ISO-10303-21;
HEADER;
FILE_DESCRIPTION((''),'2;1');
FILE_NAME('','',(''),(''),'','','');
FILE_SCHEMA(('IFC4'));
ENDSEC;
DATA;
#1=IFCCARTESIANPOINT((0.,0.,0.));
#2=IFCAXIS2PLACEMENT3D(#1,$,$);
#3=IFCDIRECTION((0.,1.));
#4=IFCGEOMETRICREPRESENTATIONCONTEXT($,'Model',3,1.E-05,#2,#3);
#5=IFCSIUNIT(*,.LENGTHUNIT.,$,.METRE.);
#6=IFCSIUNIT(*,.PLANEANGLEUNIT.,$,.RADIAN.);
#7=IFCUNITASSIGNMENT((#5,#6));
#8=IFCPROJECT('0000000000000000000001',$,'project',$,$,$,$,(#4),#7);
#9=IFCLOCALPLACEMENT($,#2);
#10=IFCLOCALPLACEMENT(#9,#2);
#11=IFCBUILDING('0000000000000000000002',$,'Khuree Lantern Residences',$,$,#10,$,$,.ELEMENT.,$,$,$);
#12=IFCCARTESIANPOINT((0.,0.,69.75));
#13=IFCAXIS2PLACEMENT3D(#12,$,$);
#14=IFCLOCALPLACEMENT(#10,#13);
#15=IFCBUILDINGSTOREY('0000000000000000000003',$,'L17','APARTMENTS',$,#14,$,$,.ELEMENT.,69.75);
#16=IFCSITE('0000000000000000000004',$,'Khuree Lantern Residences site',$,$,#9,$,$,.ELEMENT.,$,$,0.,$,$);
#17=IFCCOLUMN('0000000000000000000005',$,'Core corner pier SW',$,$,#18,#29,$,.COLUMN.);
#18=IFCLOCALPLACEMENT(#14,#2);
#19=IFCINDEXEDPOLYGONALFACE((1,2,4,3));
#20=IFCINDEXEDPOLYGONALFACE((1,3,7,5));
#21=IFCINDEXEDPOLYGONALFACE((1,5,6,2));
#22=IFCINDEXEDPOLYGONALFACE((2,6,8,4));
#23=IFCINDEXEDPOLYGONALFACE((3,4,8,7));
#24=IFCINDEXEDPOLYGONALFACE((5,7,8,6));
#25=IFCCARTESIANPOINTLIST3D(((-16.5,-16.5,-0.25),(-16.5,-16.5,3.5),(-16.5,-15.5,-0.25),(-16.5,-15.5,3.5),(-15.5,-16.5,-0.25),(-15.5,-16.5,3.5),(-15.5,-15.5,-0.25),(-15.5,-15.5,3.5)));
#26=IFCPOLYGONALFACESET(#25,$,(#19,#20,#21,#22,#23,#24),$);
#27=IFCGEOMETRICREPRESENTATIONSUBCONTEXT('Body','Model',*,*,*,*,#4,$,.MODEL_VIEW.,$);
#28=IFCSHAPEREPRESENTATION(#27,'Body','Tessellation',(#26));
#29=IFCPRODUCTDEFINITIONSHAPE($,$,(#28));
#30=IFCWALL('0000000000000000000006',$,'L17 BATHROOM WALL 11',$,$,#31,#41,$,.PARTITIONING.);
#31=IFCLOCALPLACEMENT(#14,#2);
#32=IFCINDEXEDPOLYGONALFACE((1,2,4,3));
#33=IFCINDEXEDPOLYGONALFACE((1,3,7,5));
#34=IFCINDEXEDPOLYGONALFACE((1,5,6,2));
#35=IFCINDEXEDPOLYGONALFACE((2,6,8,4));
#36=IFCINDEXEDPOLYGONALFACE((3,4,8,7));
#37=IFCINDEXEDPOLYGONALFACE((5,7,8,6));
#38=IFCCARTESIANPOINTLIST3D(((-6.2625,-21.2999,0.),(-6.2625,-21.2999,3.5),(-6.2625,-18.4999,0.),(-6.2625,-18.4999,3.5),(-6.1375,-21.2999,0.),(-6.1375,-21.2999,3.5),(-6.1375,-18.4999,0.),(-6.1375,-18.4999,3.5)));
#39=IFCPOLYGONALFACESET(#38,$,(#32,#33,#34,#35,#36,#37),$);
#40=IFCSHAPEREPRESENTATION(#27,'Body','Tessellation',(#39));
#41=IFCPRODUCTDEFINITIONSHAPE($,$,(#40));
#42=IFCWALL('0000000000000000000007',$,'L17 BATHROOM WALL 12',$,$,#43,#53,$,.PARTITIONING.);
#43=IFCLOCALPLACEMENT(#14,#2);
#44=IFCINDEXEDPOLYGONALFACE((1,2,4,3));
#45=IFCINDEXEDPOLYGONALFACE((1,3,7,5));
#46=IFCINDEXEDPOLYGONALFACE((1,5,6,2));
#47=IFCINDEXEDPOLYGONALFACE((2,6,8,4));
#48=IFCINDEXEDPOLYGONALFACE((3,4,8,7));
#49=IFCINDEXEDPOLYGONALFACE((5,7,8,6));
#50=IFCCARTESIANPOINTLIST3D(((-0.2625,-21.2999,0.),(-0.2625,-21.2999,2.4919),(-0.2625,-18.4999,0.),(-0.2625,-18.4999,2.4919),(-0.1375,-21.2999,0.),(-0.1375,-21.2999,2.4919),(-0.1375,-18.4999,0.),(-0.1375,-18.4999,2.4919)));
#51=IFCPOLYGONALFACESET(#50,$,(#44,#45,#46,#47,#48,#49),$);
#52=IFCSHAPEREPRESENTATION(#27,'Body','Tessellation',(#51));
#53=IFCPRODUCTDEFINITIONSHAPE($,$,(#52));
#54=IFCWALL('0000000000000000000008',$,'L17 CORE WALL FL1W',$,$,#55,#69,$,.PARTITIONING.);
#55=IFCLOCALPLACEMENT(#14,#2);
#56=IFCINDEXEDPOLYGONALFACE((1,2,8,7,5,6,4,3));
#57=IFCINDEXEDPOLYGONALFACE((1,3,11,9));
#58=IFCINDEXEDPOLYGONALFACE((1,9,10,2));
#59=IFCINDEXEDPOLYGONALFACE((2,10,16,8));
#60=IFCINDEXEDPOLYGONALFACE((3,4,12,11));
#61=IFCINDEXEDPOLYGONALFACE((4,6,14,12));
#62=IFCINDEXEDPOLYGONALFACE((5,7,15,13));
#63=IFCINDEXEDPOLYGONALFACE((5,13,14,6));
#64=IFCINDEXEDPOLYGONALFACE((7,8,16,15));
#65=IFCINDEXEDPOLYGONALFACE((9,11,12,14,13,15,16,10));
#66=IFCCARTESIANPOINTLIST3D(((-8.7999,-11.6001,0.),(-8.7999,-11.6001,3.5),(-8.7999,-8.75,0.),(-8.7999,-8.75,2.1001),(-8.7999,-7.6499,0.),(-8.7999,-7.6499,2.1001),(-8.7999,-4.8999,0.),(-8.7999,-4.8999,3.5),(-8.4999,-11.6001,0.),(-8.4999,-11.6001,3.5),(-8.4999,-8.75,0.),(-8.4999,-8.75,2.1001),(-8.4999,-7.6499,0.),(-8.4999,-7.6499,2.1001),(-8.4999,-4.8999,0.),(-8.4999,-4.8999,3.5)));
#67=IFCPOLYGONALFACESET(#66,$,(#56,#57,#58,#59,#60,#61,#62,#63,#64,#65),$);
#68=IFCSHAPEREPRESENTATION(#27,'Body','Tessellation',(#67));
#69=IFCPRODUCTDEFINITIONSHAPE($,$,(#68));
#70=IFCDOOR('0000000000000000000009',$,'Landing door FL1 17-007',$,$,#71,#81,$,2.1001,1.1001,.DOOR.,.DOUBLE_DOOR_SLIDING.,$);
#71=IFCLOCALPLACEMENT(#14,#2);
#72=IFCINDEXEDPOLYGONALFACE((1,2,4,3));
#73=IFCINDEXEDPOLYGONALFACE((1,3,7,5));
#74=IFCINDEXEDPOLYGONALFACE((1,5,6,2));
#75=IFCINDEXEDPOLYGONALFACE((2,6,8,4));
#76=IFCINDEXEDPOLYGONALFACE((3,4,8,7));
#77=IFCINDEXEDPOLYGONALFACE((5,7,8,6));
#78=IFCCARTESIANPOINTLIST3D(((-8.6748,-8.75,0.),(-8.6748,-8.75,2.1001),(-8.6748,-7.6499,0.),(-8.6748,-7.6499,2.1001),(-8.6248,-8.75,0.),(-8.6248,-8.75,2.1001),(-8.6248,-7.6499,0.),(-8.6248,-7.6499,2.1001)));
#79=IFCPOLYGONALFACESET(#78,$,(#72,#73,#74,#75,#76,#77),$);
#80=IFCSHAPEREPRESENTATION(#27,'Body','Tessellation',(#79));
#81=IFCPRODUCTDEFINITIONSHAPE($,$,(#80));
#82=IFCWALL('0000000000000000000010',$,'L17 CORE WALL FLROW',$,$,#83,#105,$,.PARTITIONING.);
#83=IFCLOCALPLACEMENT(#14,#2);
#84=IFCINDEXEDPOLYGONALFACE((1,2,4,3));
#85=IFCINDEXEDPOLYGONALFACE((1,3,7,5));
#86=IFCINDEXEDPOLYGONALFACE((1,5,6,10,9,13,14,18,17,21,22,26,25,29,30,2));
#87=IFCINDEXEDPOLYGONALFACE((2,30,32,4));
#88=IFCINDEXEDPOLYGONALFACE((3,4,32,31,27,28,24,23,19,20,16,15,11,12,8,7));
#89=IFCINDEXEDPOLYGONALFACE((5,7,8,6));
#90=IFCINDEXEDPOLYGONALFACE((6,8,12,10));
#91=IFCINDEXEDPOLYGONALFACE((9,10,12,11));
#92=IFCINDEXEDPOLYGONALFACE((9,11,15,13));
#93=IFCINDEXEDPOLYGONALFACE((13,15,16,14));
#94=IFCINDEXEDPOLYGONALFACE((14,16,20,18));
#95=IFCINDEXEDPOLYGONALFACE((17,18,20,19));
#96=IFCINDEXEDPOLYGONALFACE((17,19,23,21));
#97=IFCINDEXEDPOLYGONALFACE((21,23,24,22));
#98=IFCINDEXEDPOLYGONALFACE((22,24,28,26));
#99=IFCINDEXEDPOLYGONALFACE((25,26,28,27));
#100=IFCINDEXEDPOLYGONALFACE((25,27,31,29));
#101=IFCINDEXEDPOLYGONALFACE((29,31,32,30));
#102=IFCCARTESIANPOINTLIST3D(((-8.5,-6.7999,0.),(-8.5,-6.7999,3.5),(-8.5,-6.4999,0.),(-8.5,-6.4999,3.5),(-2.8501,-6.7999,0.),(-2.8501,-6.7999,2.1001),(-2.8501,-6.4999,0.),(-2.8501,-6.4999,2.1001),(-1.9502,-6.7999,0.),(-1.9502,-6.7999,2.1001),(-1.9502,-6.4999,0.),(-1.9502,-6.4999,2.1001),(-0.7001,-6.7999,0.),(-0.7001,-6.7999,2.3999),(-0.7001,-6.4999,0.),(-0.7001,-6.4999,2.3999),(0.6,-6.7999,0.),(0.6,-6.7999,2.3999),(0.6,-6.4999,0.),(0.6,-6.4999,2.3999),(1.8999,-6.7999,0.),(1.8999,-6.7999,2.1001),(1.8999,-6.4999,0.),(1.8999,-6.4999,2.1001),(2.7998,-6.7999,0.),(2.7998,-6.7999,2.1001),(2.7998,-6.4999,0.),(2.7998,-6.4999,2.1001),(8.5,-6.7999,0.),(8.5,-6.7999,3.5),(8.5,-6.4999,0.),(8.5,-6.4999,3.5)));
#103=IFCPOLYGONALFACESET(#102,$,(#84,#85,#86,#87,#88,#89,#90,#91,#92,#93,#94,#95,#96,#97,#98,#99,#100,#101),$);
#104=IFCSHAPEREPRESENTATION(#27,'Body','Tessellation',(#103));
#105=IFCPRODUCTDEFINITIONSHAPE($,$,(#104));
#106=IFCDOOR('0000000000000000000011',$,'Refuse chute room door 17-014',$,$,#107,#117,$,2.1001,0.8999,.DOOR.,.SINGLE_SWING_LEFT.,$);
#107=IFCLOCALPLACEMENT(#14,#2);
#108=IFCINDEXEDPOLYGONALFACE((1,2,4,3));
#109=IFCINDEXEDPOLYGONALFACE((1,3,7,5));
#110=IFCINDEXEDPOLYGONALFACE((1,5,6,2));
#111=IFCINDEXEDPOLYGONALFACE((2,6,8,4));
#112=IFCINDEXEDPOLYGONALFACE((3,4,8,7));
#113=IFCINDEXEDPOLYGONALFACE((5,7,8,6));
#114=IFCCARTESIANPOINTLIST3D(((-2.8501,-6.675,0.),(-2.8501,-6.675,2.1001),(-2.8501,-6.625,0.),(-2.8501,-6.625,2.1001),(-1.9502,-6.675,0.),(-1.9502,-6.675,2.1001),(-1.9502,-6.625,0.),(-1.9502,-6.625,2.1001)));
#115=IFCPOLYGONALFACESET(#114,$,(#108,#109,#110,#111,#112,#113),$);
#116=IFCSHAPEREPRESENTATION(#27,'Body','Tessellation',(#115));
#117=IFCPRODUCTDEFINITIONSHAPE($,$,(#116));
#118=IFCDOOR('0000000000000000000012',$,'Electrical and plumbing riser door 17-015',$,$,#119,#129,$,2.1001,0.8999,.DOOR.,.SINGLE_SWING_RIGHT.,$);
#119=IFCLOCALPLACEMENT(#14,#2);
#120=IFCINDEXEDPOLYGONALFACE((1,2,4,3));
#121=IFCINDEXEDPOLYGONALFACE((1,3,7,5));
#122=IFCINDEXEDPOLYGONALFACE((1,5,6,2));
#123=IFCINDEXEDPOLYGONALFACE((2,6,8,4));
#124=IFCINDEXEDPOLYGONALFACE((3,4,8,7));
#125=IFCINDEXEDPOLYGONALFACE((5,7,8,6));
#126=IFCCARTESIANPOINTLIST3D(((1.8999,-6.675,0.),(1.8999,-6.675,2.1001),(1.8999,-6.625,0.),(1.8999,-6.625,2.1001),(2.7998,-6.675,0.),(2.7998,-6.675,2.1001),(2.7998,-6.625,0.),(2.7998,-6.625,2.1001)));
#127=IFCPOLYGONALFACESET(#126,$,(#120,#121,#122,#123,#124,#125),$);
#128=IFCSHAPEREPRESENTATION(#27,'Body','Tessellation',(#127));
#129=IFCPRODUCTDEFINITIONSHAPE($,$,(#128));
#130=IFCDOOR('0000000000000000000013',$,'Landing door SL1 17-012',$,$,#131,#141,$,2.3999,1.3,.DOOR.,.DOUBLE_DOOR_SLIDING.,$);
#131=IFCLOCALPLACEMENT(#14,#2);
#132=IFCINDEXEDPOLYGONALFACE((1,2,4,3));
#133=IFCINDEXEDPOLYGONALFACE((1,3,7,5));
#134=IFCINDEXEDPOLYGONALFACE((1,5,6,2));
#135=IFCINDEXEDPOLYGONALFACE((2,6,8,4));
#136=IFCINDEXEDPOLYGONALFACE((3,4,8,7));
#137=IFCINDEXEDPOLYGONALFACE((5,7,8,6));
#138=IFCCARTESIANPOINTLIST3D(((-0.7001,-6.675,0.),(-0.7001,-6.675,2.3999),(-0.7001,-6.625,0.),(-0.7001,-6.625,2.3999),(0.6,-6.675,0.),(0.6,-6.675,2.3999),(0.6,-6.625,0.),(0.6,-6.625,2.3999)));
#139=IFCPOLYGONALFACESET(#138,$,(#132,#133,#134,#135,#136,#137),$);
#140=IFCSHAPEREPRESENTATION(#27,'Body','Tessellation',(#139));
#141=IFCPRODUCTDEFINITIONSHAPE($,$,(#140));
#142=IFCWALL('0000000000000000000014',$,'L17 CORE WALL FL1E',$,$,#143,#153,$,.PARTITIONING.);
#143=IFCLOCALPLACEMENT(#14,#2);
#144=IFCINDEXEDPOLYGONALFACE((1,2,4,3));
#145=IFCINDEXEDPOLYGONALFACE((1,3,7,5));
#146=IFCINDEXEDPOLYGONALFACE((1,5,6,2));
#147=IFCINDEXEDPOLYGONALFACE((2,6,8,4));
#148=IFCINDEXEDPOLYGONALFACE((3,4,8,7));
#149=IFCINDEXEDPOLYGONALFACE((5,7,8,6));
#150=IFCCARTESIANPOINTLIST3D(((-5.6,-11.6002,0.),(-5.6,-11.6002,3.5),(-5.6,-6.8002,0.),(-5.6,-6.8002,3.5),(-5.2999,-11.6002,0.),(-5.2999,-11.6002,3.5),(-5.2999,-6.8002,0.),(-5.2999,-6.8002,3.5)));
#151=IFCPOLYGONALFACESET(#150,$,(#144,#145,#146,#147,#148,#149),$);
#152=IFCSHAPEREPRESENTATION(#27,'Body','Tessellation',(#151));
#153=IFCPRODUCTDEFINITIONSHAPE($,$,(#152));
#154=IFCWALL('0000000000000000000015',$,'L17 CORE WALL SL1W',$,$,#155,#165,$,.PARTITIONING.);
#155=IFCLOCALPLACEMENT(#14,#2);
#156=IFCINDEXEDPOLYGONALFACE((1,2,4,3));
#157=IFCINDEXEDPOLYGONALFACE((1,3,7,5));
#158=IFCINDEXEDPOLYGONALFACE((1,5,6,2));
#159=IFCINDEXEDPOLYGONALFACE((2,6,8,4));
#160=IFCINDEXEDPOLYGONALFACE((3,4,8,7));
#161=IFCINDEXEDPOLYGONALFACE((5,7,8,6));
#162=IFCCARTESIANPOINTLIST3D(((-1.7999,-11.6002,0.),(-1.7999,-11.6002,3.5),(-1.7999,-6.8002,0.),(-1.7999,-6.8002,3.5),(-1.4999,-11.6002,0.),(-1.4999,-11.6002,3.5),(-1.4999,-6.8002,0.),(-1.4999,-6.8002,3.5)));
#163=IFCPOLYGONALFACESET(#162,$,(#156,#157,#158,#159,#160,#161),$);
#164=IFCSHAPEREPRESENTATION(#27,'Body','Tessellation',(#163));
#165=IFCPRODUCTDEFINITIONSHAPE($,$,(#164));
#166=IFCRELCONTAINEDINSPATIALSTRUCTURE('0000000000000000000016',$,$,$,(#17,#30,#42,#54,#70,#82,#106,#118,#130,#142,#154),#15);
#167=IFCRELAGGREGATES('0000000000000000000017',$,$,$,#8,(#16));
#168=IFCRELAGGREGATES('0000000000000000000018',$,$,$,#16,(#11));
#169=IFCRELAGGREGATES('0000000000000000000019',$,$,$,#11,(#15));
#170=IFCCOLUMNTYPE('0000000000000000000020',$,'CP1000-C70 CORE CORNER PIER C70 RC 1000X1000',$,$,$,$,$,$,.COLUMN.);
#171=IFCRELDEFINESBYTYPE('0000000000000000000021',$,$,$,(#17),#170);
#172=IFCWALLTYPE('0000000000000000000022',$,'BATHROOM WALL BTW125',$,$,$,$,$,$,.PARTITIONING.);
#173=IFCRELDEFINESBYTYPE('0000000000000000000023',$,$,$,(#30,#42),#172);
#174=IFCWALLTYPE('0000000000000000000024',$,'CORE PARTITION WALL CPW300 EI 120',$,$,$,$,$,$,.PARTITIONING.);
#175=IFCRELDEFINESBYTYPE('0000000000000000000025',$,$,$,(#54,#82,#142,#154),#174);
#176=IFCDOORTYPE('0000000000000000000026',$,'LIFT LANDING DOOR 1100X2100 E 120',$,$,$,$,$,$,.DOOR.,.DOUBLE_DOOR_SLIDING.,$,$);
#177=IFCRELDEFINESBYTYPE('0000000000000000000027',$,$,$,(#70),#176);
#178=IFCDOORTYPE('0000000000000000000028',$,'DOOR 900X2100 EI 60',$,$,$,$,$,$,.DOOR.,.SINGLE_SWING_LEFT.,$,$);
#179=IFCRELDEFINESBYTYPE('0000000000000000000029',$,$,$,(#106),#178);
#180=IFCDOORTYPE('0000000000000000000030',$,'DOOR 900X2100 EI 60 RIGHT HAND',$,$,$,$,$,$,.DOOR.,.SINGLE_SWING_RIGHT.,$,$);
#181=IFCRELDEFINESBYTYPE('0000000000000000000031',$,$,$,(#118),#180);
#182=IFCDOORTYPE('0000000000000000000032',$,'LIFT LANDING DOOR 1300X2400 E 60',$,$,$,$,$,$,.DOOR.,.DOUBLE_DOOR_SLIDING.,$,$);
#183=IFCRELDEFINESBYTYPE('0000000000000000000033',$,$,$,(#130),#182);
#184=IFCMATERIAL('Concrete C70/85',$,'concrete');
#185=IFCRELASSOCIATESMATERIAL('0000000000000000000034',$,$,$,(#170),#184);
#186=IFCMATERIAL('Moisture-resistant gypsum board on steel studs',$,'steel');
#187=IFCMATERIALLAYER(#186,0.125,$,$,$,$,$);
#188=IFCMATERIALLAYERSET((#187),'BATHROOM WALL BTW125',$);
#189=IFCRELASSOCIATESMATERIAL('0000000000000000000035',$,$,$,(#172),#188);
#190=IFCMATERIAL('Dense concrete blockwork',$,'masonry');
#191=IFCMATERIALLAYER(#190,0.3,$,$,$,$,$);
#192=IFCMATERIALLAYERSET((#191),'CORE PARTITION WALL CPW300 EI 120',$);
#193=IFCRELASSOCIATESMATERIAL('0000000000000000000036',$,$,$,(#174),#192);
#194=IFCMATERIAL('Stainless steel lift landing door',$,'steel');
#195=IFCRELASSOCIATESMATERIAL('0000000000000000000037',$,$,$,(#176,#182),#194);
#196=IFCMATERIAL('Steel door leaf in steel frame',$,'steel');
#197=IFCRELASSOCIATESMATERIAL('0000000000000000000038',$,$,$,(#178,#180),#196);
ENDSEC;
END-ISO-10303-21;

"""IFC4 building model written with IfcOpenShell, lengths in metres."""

from ifc_helpers import new_model, si_unit, direction, frame, frame_2d, origin, origin_2d, place, context, subcontext, project, spatial, rectangle, extrude, material, layer, layer_set, material_profile, profile_set, type_object, element, fill, save


model = new_model("IFC4")

# Units and contexts
model_context = context("Model", 3, precision=1e-05, world=origin(), true_north=direction((0.0, 1.0)))
body_context = subcontext(model_context, "Body", "Model", "MODEL_VIEW")
ifc_project = project(units=[si_unit("LENGTHUNIT", "METRE"), si_unit("PLANEANGLEUNIT", "RADIAN")], contexts=[model_context])

# Site, building, storey
site_placement = place(None, origin())
site = spatial("IfcSite", under=ifc_project, at=site_placement, Name="Khuree Lantern Residences site", CompositionType="ELEMENT", RefElevation=0.0)
building_placement = place(site_placement, origin())
building = spatial("IfcBuilding", under=site, at=building_placement, Name="Khuree Lantern Residences", CompositionType="ELEMENT")
storey_placement = place(building_placement, frame((0.0, 0.0, 69.75)))
storey = spatial("IfcBuildingStorey", under=building, at=storey_placement, Name="L17", Description="APARTMENTS", CompositionType="ELEMENT", Elevation=69.75)

# Column
ifc_material_1 = material(Name="Concrete C70/85", Category="concrete")
ifc_material_profile = material_profile(ifc_material_1, rectangle(XDim=1.0, YDim=1.0, at=origin_2d()), Name="RC 1000X1000")
ifc_profile_set = profile_set([ifc_material_profile], Name="Concrete C70/85")
column_type = type_object("IfcColumnType", Name="CP1000-C70 CORE CORNER PIER C70 RC 1000X1000", PredefinedType="COLUMN", material=ifc_profile_set)
column_placement = place(storey_placement, frame((-16.0, -16.0, -0.25), z_axis=(0.0, 0.0, 1.0), x_axis=(1.0, 0.0, 0.0)))
element("IfcColumn", 1, at=column_placement, inside=storey, type_object=column_type, Name="Core corner pier SW", PredefinedType="COLUMN", context=body_context, shape_type="SweptSolid", body=[
    extrude(rectangle(XDim=1.0, YDim=1.0, at=origin_2d()), origin(), (0.0, 0.0, 1.0), 3.75),
])

# Walls
ifc_material_2 = material(Name="Moisture-resistant gypsum board on steel studs", Category="steel")
ifc_layer_1 = layer(ifc_material_2, 0.125)
ifc_layer_set_1 = layer_set([ifc_layer_1], Name="BATHROOM WALL BTW125")
wall_type_1 = type_object("IfcWallType", Name="BATHROOM WALL BTW125", PredefinedType="PARTITIONING", material=ifc_layer_set_1)
wall_1_placement = place(storey_placement, frame((-6.2, -18.5, 0.0), z_axis=(0.0, 0.0, 1.0), x_axis=(0.0, -1.0, 0.0)))
element("IfcWall", 2, at=wall_1_placement, inside=storey, type_object=wall_type_1, Name="L17 BATHROOM WALL 11", PredefinedType="PARTITIONING", context=body_context, shape_type="SweptSolid", body=[
    extrude(rectangle(XDim=2.8, YDim=0.125, at=frame_2d((1.3999, 0.0))), origin(), (0.0, 0.0, 1.0), 3.5),
])
wall_2_placement = place(storey_placement, frame((-0.2, -18.5, 0.0), z_axis=(0.0, 0.0, 1.0), x_axis=(0.0, -1.0, 0.0)))
element("IfcWall", 3, at=wall_2_placement, inside=storey, type_object=wall_type_1, Name="L17 BATHROOM WALL 12", PredefinedType="PARTITIONING", context=body_context, shape_type="SweptSolid", body=[
    extrude(rectangle(XDim=2.8, YDim=0.125, at=frame_2d((1.3999, 0.0))), origin(), (0.0, 0.0, 1.0), 2.4919),
])

# Wall, opening, door
ifc_material_3 = material(Name="Dense concrete blockwork", Category="masonry")
ifc_layer_2 = layer(ifc_material_3, 0.3)
ifc_layer_set_2 = layer_set([ifc_layer_2], Name="CORE PARTITION WALL CPW300 EI 120")
wall_type_2 = type_object("IfcWallType", Name="CORE PARTITION WALL CPW300 EI 120", PredefinedType="PARTITIONING", material=ifc_layer_set_2)
wall_3_placement = place(storey_placement, frame((-8.6499, -11.6001, 0.0), z_axis=(0.0, 0.0, 1.0), x_axis=(0.0, 1.0, 0.0)))
wall_3 = element("IfcWall", 4, at=wall_3_placement, inside=storey, type_object=wall_type_2, Name="L17 CORE WALL FL1W", PredefinedType="PARTITIONING", context=body_context, shape_type="SweptSolid", body=[
    extrude(rectangle(XDim=6.7002, YDim=0.3, at=frame_2d((3.3501, 0.0))), origin(), (0.0, 0.0, 1.0), 3.5),
])
opening_1_placement = place(wall_3_placement, frame((2.8501, 0.0, 0.0)))
opening_1 = element("IfcOpeningElement", 5, at=opening_1_placement, cuts=wall_3, PredefinedType="OPENING", context=body_context, shape_type="SweptSolid", body=[
    extrude(rectangle(XDim=1.1001, YDim=2.1001, at=frame_2d((0.55, 1.05))), frame((0.0, 0.1602, 0.0), z_axis=(0.0, -1.0, 0.0), x_axis=(1.0, 0.0, 0.0)), (0.0, 0.0, 1.0), 0.3201),
])
ifc_material_4 = material(Name="Stainless steel lift landing door", Category="steel")
door_type_1 = type_object("IfcDoorType", Name="LIFT LANDING DOOR 1100X2100 E 120", OperationType="DOUBLE_DOOR_SLIDING", PredefinedType="DOOR", material=ifc_material_4)
door_1_placement = place(opening_1_placement, origin())
door_1 = element("IfcDoor", 6, at=door_1_placement, inside=storey, type_object=door_type_1, Name="Landing door FL1 17-007", OperationType="DOUBLE_DOOR_SLIDING", OverallHeight=2.1001, OverallWidth=1.1001, PredefinedType="DOOR", context=body_context, shape_type="SweptSolid", body=[
    extrude(rectangle(XDim=1.1001, YDim=2.1001, at=frame_2d((0.55, 1.05))), frame((0.0, 0.0249, 0.0), z_axis=(0.0, -1.0, 0.0), x_axis=(1.0, 0.0, 0.0)), (0.0, 0.0, 1.0), 0.05),
])
fill(opening_1, door_1)

# Wall, openings, doors
wall_4_placement = place(storey_placement, frame((-8.5, -6.6499, 0.0), z_axis=(0.0, 0.0, 1.0), x_axis=(1.0, 0.0, 0.0)))
wall_4 = element("IfcWall", 7, at=wall_4_placement, inside=storey, type_object=wall_type_2, Name="L17 CORE WALL FLROW", PredefinedType="PARTITIONING", context=body_context, shape_type="SweptSolid", body=[
    extrude(rectangle(XDim=17.0, YDim=0.3, at=frame_2d((8.5, 0.0))), origin(), (0.0, 0.0, 1.0), 3.5),
])
opening_2_placement = place(wall_4_placement, frame((7.8, 0.0, 0.0)))
opening_2 = element("IfcOpeningElement", 8, at=opening_2_placement, cuts=wall_4, PredefinedType="OPENING", context=body_context, shape_type="SweptSolid", body=[
    extrude(rectangle(XDim=1.3, YDim=2.3999, at=frame_2d((0.6499, 1.2))), frame((0.0, 0.1602, 0.0), z_axis=(0.0, -1.0, 0.0), x_axis=(1.0, 0.0, 0.0)), (0.0, 0.0, 1.0), 0.3201),
])
opening_3_placement = place(wall_4_placement, frame((5.6499, 0.0, 0.0)))
opening_3 = element("IfcOpeningElement", 9, at=opening_3_placement, cuts=wall_4, PredefinedType="OPENING", context=body_context, shape_type="SweptSolid", body=[
    extrude(rectangle(XDim=0.8999, YDim=2.1001, at=frame_2d((0.45, 1.05))), frame((0.0, 0.1602, 0.0), z_axis=(0.0, -1.0, 0.0), x_axis=(1.0, 0.0, 0.0)), (0.0, 0.0, 1.0), 0.3201),
])
opening_4_placement = place(wall_4_placement, frame((10.3999, 0.0, 0.0)))
opening_4 = element("IfcOpeningElement", 10, at=opening_4_placement, cuts=wall_4, PredefinedType="OPENING", context=body_context, shape_type="SweptSolid", body=[
    extrude(rectangle(XDim=0.8999, YDim=2.1001, at=frame_2d((0.45, 1.05))), frame((0.0, 0.1602, 0.0), z_axis=(0.0, -1.0, 0.0), x_axis=(1.0, 0.0, 0.0)), (0.0, 0.0, 1.0), 0.3201),
])
ifc_material_5 = material(Name="Steel door leaf in steel frame", Category="steel")
door_type_2 = type_object("IfcDoorType", Name="DOOR 900X2100 EI 60", OperationType="SINGLE_SWING_LEFT", PredefinedType="DOOR", material=ifc_material_5)
door_2_placement = place(opening_3_placement, origin())
door_2 = element("IfcDoor", 11, at=door_2_placement, inside=storey, type_object=door_type_2, Name="Refuse chute room door 17-014", OperationType="SINGLE_SWING_LEFT", OverallHeight=2.1001, OverallWidth=0.8999, PredefinedType="DOOR", context=body_context, shape_type="SweptSolid", body=[
    extrude(rectangle(XDim=0.8999, YDim=2.1001, at=frame_2d((0.45, 1.05))), frame((0.0, 0.0249, 0.0), z_axis=(0.0, -1.0, 0.0), x_axis=(1.0, 0.0, 0.0)), (0.0, 0.0, 1.0), 0.05),
])
fill(opening_3, door_2)
door_type_3 = type_object("IfcDoorType", Name="DOOR 900X2100 EI 60 RIGHT HAND", OperationType="SINGLE_SWING_RIGHT", PredefinedType="DOOR", material=ifc_material_5)
door_3_placement = place(opening_4_placement, origin())
door_3 = element("IfcDoor", 12, at=door_3_placement, inside=storey, type_object=door_type_3, Name="Electrical and plumbing riser door 17-015", OperationType="SINGLE_SWING_RIGHT", OverallHeight=2.1001, OverallWidth=0.8999, PredefinedType="DOOR", context=body_context, shape_type="SweptSolid", body=[
    extrude(rectangle(XDim=0.8999, YDim=2.1001, at=frame_2d((0.45, 1.05))), frame((0.0, 0.0249, 0.0), z_axis=(0.0, -1.0, 0.0), x_axis=(1.0, 0.0, 0.0)), (0.0, 0.0, 1.0), 0.05),
])
fill(opening_4, door_3)
door_type_4 = type_object("IfcDoorType", Name="LIFT LANDING DOOR 1300X2400 E 60", OperationType="DOUBLE_DOOR_SLIDING", PredefinedType="DOOR", material=ifc_material_4)
door_4_placement = place(opening_2_placement, origin())
door_4 = element("IfcDoor", 13, at=door_4_placement, inside=storey, type_object=door_type_4, Name="Landing door SL1 17-012", OperationType="DOUBLE_DOOR_SLIDING", OverallHeight=2.3999, OverallWidth=1.3, PredefinedType="DOOR", context=body_context, shape_type="SweptSolid", body=[
    extrude(rectangle(XDim=1.3, YDim=2.3999, at=frame_2d((0.6499, 1.2))), frame((0.0, 0.0249, 0.0), z_axis=(0.0, -1.0, 0.0), x_axis=(1.0, 0.0, 0.0)), (0.0, 0.0, 1.0), 0.05),
])
fill(opening_2, door_4)

# Walls
for number, where, z_axis, x_axis, name in (
    (14, (-5.45, -11.6001, 0.0), (0.0, 0.0, 1.0), (0.0, 1.0, 0.0), "L17 CORE WALL FL1E"),
    (15, (-1.6499, -11.6001, 0.0), (0.0, 0.0, 1.0), (0.0, 1.0, 0.0), "L17 CORE WALL SL1W"),
):
    element("IfcWall", number, at=place(storey_placement, frame(where, z_axis=z_axis, x_axis=x_axis)), inside=storey, type_object=wall_type_2, Name=name, PredefinedType="PARTITIONING", context=body_context, shape_type="SweptSolid", body=[
        extrude(rectangle(XDim=4.8, YDim=0.3, at=frame_2d((2.3999, 0.0))), origin(), (0.0, 0.0, 1.0), 3.5),
    ])

save(model, "model.ifc")
